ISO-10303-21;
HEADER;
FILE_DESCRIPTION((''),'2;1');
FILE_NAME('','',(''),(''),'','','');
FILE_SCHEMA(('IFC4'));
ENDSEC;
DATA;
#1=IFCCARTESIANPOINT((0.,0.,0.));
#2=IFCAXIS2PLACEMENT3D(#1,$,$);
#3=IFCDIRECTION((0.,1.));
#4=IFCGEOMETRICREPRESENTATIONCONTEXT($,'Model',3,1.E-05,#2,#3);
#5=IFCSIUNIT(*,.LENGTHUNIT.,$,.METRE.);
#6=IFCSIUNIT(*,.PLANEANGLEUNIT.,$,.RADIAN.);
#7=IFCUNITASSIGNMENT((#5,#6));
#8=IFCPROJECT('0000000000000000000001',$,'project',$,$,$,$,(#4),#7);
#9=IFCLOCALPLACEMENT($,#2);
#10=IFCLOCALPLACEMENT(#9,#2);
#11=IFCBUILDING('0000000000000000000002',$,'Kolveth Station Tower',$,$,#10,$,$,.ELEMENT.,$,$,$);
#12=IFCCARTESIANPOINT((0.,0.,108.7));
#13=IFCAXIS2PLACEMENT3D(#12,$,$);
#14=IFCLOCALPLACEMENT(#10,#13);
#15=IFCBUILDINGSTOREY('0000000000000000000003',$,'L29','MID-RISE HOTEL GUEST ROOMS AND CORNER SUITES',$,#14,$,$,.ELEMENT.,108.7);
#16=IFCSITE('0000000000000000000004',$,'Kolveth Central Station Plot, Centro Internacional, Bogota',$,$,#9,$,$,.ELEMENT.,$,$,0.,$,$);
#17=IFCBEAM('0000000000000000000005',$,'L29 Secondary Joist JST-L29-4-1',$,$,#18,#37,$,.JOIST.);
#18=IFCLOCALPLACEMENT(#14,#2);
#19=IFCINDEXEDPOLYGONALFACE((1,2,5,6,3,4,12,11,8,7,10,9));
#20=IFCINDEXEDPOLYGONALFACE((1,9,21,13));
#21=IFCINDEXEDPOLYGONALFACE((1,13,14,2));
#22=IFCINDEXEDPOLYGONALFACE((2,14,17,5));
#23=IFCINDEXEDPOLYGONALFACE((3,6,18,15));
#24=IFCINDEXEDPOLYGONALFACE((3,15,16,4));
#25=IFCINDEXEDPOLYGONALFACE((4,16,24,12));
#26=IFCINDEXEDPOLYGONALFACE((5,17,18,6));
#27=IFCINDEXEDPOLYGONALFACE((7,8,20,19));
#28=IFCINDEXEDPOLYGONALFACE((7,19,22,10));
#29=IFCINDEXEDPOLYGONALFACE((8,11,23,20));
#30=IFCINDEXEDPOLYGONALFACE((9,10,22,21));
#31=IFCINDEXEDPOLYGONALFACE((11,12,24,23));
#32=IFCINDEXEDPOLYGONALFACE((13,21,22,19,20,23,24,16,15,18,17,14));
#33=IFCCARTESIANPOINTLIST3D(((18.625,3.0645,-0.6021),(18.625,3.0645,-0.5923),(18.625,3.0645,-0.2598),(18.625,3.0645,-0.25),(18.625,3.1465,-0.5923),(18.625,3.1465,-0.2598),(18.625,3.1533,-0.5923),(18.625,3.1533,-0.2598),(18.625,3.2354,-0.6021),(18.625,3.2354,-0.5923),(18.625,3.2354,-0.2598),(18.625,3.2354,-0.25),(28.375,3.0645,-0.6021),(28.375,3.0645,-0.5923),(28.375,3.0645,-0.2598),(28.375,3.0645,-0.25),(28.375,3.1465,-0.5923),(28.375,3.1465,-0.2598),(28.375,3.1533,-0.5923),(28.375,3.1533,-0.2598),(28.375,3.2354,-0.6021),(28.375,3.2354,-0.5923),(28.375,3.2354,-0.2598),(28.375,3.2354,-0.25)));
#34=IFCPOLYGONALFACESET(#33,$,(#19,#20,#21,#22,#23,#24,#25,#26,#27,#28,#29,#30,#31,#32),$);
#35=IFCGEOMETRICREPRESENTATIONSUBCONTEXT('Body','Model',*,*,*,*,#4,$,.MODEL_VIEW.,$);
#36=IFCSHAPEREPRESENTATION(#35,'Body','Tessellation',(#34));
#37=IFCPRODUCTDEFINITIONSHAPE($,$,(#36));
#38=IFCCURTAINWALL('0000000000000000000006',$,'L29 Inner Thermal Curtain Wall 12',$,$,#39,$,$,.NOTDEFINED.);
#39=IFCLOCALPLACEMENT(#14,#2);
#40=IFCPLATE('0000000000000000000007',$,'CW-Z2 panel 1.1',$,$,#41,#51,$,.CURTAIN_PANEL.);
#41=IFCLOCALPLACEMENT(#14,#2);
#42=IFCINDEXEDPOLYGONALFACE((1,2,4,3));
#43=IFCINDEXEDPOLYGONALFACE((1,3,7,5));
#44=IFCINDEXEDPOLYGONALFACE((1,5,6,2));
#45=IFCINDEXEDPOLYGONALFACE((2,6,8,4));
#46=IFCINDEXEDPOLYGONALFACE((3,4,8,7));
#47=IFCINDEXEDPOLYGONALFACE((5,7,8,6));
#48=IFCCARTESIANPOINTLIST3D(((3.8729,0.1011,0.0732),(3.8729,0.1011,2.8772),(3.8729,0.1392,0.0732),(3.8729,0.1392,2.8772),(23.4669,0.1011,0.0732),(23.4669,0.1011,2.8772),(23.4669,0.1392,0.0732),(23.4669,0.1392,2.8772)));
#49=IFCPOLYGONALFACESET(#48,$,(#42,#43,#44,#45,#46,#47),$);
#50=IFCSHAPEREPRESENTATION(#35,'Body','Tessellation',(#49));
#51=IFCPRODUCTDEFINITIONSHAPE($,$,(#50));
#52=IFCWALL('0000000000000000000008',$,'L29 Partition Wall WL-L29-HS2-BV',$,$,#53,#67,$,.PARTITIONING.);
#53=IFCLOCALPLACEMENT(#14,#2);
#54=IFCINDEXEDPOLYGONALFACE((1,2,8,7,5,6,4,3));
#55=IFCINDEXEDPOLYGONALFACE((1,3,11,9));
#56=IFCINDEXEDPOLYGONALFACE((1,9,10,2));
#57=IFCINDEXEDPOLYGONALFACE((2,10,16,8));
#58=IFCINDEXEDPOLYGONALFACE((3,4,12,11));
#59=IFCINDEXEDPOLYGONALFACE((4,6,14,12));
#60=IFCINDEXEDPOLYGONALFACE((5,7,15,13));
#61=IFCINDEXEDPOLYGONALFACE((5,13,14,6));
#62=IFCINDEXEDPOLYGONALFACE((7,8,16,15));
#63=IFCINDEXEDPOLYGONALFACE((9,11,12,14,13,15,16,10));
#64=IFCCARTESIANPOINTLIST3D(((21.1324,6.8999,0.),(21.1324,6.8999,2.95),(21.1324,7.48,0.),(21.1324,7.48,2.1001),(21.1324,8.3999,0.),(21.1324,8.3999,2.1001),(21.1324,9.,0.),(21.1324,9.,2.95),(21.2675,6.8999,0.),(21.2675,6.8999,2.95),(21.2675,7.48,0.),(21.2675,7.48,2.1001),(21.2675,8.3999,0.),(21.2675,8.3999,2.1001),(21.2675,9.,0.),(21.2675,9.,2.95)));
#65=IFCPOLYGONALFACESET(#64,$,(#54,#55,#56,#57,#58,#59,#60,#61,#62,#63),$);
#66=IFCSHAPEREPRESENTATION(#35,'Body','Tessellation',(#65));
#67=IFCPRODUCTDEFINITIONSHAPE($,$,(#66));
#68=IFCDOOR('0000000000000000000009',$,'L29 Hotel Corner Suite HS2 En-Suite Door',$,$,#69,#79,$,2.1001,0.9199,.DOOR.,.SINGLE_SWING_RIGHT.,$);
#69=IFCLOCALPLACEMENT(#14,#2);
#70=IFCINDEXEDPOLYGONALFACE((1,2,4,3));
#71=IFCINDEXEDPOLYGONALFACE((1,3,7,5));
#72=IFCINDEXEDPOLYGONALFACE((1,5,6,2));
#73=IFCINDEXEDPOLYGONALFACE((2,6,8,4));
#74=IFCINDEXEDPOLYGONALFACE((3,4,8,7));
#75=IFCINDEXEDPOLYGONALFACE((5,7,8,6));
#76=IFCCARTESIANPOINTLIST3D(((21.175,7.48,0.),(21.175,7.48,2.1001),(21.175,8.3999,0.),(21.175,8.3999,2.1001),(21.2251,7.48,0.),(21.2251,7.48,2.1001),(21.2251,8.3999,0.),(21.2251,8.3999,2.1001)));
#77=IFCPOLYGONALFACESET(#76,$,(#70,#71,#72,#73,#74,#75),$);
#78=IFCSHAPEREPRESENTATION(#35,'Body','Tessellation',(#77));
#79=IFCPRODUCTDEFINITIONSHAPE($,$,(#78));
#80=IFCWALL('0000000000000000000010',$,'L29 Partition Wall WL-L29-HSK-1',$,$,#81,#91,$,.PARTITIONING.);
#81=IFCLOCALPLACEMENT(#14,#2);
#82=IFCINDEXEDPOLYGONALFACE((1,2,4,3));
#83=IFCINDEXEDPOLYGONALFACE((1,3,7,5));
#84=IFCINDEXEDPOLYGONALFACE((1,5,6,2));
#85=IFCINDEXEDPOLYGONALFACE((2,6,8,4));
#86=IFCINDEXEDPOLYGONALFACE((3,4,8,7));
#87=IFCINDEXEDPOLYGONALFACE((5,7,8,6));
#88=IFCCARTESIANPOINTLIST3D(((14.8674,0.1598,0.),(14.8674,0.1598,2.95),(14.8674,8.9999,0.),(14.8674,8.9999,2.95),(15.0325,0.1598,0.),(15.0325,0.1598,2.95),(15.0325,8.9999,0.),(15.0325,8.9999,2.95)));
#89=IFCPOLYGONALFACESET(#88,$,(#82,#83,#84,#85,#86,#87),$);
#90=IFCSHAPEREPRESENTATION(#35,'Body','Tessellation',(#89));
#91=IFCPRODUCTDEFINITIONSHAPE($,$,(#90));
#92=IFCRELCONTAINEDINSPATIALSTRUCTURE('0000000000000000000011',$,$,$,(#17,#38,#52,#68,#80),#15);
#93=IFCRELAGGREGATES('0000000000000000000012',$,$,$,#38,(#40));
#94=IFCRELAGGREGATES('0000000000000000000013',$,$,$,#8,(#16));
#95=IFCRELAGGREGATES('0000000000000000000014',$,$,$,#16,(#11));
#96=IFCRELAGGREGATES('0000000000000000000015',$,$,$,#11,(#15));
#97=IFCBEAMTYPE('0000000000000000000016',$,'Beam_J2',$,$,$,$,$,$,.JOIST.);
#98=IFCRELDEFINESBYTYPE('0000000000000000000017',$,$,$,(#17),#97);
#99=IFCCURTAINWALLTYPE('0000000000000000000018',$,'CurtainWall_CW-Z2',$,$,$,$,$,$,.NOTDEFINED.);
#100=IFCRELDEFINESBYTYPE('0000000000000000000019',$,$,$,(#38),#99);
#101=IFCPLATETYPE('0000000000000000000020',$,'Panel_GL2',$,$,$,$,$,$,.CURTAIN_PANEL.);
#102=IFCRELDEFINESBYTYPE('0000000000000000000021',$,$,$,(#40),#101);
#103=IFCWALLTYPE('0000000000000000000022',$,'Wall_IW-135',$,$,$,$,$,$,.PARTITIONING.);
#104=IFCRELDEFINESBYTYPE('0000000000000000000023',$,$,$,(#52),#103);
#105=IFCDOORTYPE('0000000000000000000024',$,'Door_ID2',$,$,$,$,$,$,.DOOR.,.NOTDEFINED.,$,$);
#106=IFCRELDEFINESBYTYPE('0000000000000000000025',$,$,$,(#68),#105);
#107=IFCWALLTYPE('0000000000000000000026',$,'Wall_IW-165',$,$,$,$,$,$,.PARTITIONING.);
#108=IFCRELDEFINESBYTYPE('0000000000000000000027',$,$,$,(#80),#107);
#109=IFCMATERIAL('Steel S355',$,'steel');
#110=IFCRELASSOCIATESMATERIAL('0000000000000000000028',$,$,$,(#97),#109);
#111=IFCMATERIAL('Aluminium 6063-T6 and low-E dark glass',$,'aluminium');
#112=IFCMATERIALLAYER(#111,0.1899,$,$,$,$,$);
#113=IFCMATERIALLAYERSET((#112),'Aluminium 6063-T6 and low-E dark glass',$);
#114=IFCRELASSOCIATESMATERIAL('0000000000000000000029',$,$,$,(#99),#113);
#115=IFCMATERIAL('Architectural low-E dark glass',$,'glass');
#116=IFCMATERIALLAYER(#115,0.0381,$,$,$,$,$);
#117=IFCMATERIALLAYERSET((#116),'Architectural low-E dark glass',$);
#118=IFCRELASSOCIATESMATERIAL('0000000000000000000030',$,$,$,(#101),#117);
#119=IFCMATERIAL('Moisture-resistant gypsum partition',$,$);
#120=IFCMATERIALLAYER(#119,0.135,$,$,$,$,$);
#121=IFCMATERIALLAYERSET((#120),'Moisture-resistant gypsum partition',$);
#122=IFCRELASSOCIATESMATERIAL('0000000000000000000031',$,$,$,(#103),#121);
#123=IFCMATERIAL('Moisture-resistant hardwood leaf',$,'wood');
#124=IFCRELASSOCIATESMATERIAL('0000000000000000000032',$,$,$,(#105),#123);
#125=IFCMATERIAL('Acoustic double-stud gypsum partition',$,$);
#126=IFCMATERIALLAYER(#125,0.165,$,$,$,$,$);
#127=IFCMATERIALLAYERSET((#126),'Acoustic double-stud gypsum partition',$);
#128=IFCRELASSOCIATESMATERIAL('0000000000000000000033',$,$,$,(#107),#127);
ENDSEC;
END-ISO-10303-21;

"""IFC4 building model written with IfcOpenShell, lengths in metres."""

from ifc_helpers import new_model, si_unit, direction, frame, frame_2d, origin, origin_2d, place, context, subcontext, project, spatial, rectangle, i_section, extrude, source, transform, mapped, material, layer, layer_set, material_profile, profile_set, type_object, element, fill, aggregate, save


model = new_model("IFC4")

# Units and contexts
model_context = context("Model", 3, precision=1e-05, world=origin(), true_north=direction((0.0, 1.0)))
body_context = subcontext(model_context, "Body", "Model", "MODEL_VIEW")
ifc_project = project(units=[si_unit("LENGTHUNIT", "METRE"), si_unit("PLANEANGLEUNIT", "RADIAN")], contexts=[model_context])

# Site, building, storey
site_placement = place(None, origin())
site = spatial("IfcSite", under=ifc_project, at=site_placement, Name="Kolveth Central Station Plot, Centro Internacional, Bogota", CompositionType="ELEMENT", RefElevation=0.0)
building_placement = place(site_placement, origin())
building = spatial("IfcBuilding", under=site, at=building_placement, Name="Kolveth Station Tower", CompositionType="ELEMENT")
storey_placement = place(building_placement, frame((0.0, 0.0, 108.7)))
storey = spatial("IfcBuildingStorey", under=building, at=storey_placement, Name="L29", Description="MID-RISE HOTEL GUEST ROOMS AND CORNER SUITES", CompositionType="ELEMENT", Elevation=108.7)

# Beam
ifc_material_1 = material(Name="Steel S355", Category="steel")
ifc_material_profile_1 = material_profile(ifc_material_1, i_section(OverallWidth=0.1709, OverallDepth=0.3521, WebThickness=0.0068, FlangeThickness=0.0098, at=origin_2d()), Name="W360x44")
ifc_profile_set_1 = profile_set([ifc_material_profile_1], Name="Steel S355")
beam_type_1 = type_object("IfcBeamType", Name="Beam_J2", PredefinedType="JOIST", material=ifc_profile_set_1)
shared_shape_1 = source(origin(), body_context, "Body", "SweptSolid", [
    extrude(i_section(OverallWidth=0.1709, OverallDepth=0.3521, WebThickness=0.0068, FlangeThickness=0.0098, at=origin_2d()), origin(), (0.0, 0.0, 1.0), 9.75),
])
beam_1_placement = place(storey_placement, frame((18.625, 3.1499, -0.426), z_axis=(1.0, 0.0, 0.0), x_axis=(0.0, 1.0, 0.0)))
element("IfcBeam", 1, at=beam_1_placement, inside=storey, type_object=beam_type_1, Name="L29 Secondary Joist JST-L29-4-1", PredefinedType="JOIST", context=body_context, shape_type="MappedRepresentation", body=[
    mapped(shared_shape_1, transform((0.0, 0.0, 0.0), x_axis=(1.0, 0.0, 0.0), y_axis=(0.0, 1.0, 0.0), z_axis=(0.0, 0.0, 1.0), scale=1.0)),
])

# Curtain wall, plate
ifc_material_2 = material(Name="Aluminium 6063-T6 and low-E dark glass", Category="aluminium")
ifc_layer_1 = layer(ifc_material_2, 0.1899)
ifc_layer_set_1 = layer_set([ifc_layer_1], Name="Aluminium 6063-T6 and low-E dark glass")
curtain_wall_type = type_object("IfcCurtainWallType", Name="CurtainWall_CW-Z2", PredefinedType="NOTDEFINED", material=ifc_layer_set_1)
curtain_wall_placement = place(storey_placement, origin())
curtain_wall = element("IfcCurtainWall", 2, at=curtain_wall_placement, inside=storey, type_object=curtain_wall_type, Name="L29 Inner Thermal Curtain Wall 12", PredefinedType="NOTDEFINED")
ifc_material_3 = material(Name="Architectural low-E dark glass", Category="glass")
ifc_layer_2 = layer(ifc_material_3, 0.0381)
ifc_layer_set_2 = layer_set([ifc_layer_2], Name="Architectural low-E dark glass")
plate_type = type_object("IfcPlateType", Name="Panel_GL2", PredefinedType="CURTAIN_PANEL", material=ifc_layer_set_2)
shared_shape_2 = source(origin(), body_context, "Body", "SweptSolid", [
    extrude(rectangle(XDim=19.594, YDim=0.0381, at=origin_2d()), origin(), (0.0, 0.0, 1.0), 2.804),
])
plate_placement = place(storey_placement, frame((13.6699, 0.1201, 0.0732), z_axis=(0.0, 0.0, 1.0), x_axis=(1.0, 0.0, 0.0)))
plate = element("IfcPlate", 3, at=plate_placement, type_object=plate_type, Name="CW-Z2 panel 1.1", PredefinedType="CURTAIN_PANEL", context=body_context, shape_type="MappedRepresentation", body=[
    mapped(shared_shape_2, transform((0.0, 0.0, 0.0), x_axis=(1.0, 0.0, 0.0), y_axis=(0.0, 1.0, 0.0), z_axis=(0.0, 0.0, 1.0), scale=1.0)),
])
aggregate(curtain_wall, [plate])

# Wall, opening, door
ifc_material_4 = material(Name="Moisture-resistant gypsum partition")
ifc_layer_3 = layer(ifc_material_4, 0.135)
ifc_layer_set_3 = layer_set([ifc_layer_3], Name="Moisture-resistant gypsum partition")
wall_type_1 = type_object("IfcWallType", Name="Wall_IW-135", PredefinedType="PARTITIONING", material=ifc_layer_set_3)
wall_1_placement = place(storey_placement, frame((21.2, 6.8999, 0.0), z_axis=(0.0, 0.0, 1.0), x_axis=(0.0, 1.0, 0.0)))
wall_1 = element("IfcWall", 4, at=wall_1_placement, inside=storey, type_object=wall_type_1, Name="L29 Partition Wall WL-L29-HS2-BV", PredefinedType="PARTITIONING", context=body_context, shape_type="SweptSolid", body=[
    extrude(rectangle(XDim=2.1001, YDim=0.135, at=frame_2d((1.05, 0.0))), origin(), (0.0, 0.0, 1.0), 2.95),
])
opening_placement = place(wall_1_placement, frame((0.5801, 0.0, 0.0)))
opening = element("IfcOpeningElement", 5, at=opening_placement, cuts=wall_1, PredefinedType="OPENING", context=body_context, shape_type="SweptSolid", body=[
    extrude(rectangle(XDim=0.9199, YDim=2.1001, at=frame_2d((0.46, 1.05))), frame((0.0, 0.0774, 0.0), z_axis=(0.0, -1.0, 0.0), x_axis=(1.0, 0.0, 0.0)), (0.0, 0.0, 1.0), 0.155),
])
ifc_material_5 = material(Name="Moisture-resistant hardwood leaf", Category="wood")
door_type = type_object("IfcDoorType", Name="Door_ID2", OperationType="NOTDEFINED", PredefinedType="DOOR", material=ifc_material_5)
door_placement = place(opening_placement, origin())
door = element("IfcDoor", 6, at=door_placement, inside=storey, type_object=door_type, Name="L29 Hotel Corner Suite HS2 En-Suite Door", OperationType="SINGLE_SWING_RIGHT", OverallHeight=2.1001, OverallWidth=0.9199, PredefinedType="DOOR", context=body_context, shape_type="SweptSolid", body=[
    extrude(rectangle(XDim=0.9199, YDim=2.1001, at=frame_2d((0.46, 1.05))), frame((0.0, 0.0249, 0.0), z_axis=(0.0, -1.0, 0.0), x_axis=(1.0, 0.0, 0.0)), (0.0, 0.0, 1.0), 0.05),
])
fill(opening, door)

# Wall
ifc_material_6 = material(Name="Acoustic double-stud gypsum partition")
ifc_layer_4 = layer(ifc_material_6, 0.165)
ifc_layer_set_4 = layer_set([ifc_layer_4], Name="Acoustic double-stud gypsum partition")
wall_type_2 = type_object("IfcWallType", Name="Wall_IW-165", PredefinedType="PARTITIONING", material=ifc_layer_set_4)
wall_2_placement = place(storey_placement, frame((14.95, 0.1599, 0.0), z_axis=(0.0, 0.0, 1.0), x_axis=(0.0, 1.0, 0.0)))
element("IfcWall", 7, at=wall_2_placement, inside=storey, type_object=wall_type_2, Name="L29 Partition Wall WL-L29-HSK-1", PredefinedType="PARTITIONING", context=body_context, shape_type="SweptSolid", body=[
    extrude(rectangle(XDim=8.8401, YDim=0.165, at=frame_2d((4.4199, 0.0))), origin(), (0.0, 0.0, 1.0), 2.95),
])

save(model, "model.ifc")
